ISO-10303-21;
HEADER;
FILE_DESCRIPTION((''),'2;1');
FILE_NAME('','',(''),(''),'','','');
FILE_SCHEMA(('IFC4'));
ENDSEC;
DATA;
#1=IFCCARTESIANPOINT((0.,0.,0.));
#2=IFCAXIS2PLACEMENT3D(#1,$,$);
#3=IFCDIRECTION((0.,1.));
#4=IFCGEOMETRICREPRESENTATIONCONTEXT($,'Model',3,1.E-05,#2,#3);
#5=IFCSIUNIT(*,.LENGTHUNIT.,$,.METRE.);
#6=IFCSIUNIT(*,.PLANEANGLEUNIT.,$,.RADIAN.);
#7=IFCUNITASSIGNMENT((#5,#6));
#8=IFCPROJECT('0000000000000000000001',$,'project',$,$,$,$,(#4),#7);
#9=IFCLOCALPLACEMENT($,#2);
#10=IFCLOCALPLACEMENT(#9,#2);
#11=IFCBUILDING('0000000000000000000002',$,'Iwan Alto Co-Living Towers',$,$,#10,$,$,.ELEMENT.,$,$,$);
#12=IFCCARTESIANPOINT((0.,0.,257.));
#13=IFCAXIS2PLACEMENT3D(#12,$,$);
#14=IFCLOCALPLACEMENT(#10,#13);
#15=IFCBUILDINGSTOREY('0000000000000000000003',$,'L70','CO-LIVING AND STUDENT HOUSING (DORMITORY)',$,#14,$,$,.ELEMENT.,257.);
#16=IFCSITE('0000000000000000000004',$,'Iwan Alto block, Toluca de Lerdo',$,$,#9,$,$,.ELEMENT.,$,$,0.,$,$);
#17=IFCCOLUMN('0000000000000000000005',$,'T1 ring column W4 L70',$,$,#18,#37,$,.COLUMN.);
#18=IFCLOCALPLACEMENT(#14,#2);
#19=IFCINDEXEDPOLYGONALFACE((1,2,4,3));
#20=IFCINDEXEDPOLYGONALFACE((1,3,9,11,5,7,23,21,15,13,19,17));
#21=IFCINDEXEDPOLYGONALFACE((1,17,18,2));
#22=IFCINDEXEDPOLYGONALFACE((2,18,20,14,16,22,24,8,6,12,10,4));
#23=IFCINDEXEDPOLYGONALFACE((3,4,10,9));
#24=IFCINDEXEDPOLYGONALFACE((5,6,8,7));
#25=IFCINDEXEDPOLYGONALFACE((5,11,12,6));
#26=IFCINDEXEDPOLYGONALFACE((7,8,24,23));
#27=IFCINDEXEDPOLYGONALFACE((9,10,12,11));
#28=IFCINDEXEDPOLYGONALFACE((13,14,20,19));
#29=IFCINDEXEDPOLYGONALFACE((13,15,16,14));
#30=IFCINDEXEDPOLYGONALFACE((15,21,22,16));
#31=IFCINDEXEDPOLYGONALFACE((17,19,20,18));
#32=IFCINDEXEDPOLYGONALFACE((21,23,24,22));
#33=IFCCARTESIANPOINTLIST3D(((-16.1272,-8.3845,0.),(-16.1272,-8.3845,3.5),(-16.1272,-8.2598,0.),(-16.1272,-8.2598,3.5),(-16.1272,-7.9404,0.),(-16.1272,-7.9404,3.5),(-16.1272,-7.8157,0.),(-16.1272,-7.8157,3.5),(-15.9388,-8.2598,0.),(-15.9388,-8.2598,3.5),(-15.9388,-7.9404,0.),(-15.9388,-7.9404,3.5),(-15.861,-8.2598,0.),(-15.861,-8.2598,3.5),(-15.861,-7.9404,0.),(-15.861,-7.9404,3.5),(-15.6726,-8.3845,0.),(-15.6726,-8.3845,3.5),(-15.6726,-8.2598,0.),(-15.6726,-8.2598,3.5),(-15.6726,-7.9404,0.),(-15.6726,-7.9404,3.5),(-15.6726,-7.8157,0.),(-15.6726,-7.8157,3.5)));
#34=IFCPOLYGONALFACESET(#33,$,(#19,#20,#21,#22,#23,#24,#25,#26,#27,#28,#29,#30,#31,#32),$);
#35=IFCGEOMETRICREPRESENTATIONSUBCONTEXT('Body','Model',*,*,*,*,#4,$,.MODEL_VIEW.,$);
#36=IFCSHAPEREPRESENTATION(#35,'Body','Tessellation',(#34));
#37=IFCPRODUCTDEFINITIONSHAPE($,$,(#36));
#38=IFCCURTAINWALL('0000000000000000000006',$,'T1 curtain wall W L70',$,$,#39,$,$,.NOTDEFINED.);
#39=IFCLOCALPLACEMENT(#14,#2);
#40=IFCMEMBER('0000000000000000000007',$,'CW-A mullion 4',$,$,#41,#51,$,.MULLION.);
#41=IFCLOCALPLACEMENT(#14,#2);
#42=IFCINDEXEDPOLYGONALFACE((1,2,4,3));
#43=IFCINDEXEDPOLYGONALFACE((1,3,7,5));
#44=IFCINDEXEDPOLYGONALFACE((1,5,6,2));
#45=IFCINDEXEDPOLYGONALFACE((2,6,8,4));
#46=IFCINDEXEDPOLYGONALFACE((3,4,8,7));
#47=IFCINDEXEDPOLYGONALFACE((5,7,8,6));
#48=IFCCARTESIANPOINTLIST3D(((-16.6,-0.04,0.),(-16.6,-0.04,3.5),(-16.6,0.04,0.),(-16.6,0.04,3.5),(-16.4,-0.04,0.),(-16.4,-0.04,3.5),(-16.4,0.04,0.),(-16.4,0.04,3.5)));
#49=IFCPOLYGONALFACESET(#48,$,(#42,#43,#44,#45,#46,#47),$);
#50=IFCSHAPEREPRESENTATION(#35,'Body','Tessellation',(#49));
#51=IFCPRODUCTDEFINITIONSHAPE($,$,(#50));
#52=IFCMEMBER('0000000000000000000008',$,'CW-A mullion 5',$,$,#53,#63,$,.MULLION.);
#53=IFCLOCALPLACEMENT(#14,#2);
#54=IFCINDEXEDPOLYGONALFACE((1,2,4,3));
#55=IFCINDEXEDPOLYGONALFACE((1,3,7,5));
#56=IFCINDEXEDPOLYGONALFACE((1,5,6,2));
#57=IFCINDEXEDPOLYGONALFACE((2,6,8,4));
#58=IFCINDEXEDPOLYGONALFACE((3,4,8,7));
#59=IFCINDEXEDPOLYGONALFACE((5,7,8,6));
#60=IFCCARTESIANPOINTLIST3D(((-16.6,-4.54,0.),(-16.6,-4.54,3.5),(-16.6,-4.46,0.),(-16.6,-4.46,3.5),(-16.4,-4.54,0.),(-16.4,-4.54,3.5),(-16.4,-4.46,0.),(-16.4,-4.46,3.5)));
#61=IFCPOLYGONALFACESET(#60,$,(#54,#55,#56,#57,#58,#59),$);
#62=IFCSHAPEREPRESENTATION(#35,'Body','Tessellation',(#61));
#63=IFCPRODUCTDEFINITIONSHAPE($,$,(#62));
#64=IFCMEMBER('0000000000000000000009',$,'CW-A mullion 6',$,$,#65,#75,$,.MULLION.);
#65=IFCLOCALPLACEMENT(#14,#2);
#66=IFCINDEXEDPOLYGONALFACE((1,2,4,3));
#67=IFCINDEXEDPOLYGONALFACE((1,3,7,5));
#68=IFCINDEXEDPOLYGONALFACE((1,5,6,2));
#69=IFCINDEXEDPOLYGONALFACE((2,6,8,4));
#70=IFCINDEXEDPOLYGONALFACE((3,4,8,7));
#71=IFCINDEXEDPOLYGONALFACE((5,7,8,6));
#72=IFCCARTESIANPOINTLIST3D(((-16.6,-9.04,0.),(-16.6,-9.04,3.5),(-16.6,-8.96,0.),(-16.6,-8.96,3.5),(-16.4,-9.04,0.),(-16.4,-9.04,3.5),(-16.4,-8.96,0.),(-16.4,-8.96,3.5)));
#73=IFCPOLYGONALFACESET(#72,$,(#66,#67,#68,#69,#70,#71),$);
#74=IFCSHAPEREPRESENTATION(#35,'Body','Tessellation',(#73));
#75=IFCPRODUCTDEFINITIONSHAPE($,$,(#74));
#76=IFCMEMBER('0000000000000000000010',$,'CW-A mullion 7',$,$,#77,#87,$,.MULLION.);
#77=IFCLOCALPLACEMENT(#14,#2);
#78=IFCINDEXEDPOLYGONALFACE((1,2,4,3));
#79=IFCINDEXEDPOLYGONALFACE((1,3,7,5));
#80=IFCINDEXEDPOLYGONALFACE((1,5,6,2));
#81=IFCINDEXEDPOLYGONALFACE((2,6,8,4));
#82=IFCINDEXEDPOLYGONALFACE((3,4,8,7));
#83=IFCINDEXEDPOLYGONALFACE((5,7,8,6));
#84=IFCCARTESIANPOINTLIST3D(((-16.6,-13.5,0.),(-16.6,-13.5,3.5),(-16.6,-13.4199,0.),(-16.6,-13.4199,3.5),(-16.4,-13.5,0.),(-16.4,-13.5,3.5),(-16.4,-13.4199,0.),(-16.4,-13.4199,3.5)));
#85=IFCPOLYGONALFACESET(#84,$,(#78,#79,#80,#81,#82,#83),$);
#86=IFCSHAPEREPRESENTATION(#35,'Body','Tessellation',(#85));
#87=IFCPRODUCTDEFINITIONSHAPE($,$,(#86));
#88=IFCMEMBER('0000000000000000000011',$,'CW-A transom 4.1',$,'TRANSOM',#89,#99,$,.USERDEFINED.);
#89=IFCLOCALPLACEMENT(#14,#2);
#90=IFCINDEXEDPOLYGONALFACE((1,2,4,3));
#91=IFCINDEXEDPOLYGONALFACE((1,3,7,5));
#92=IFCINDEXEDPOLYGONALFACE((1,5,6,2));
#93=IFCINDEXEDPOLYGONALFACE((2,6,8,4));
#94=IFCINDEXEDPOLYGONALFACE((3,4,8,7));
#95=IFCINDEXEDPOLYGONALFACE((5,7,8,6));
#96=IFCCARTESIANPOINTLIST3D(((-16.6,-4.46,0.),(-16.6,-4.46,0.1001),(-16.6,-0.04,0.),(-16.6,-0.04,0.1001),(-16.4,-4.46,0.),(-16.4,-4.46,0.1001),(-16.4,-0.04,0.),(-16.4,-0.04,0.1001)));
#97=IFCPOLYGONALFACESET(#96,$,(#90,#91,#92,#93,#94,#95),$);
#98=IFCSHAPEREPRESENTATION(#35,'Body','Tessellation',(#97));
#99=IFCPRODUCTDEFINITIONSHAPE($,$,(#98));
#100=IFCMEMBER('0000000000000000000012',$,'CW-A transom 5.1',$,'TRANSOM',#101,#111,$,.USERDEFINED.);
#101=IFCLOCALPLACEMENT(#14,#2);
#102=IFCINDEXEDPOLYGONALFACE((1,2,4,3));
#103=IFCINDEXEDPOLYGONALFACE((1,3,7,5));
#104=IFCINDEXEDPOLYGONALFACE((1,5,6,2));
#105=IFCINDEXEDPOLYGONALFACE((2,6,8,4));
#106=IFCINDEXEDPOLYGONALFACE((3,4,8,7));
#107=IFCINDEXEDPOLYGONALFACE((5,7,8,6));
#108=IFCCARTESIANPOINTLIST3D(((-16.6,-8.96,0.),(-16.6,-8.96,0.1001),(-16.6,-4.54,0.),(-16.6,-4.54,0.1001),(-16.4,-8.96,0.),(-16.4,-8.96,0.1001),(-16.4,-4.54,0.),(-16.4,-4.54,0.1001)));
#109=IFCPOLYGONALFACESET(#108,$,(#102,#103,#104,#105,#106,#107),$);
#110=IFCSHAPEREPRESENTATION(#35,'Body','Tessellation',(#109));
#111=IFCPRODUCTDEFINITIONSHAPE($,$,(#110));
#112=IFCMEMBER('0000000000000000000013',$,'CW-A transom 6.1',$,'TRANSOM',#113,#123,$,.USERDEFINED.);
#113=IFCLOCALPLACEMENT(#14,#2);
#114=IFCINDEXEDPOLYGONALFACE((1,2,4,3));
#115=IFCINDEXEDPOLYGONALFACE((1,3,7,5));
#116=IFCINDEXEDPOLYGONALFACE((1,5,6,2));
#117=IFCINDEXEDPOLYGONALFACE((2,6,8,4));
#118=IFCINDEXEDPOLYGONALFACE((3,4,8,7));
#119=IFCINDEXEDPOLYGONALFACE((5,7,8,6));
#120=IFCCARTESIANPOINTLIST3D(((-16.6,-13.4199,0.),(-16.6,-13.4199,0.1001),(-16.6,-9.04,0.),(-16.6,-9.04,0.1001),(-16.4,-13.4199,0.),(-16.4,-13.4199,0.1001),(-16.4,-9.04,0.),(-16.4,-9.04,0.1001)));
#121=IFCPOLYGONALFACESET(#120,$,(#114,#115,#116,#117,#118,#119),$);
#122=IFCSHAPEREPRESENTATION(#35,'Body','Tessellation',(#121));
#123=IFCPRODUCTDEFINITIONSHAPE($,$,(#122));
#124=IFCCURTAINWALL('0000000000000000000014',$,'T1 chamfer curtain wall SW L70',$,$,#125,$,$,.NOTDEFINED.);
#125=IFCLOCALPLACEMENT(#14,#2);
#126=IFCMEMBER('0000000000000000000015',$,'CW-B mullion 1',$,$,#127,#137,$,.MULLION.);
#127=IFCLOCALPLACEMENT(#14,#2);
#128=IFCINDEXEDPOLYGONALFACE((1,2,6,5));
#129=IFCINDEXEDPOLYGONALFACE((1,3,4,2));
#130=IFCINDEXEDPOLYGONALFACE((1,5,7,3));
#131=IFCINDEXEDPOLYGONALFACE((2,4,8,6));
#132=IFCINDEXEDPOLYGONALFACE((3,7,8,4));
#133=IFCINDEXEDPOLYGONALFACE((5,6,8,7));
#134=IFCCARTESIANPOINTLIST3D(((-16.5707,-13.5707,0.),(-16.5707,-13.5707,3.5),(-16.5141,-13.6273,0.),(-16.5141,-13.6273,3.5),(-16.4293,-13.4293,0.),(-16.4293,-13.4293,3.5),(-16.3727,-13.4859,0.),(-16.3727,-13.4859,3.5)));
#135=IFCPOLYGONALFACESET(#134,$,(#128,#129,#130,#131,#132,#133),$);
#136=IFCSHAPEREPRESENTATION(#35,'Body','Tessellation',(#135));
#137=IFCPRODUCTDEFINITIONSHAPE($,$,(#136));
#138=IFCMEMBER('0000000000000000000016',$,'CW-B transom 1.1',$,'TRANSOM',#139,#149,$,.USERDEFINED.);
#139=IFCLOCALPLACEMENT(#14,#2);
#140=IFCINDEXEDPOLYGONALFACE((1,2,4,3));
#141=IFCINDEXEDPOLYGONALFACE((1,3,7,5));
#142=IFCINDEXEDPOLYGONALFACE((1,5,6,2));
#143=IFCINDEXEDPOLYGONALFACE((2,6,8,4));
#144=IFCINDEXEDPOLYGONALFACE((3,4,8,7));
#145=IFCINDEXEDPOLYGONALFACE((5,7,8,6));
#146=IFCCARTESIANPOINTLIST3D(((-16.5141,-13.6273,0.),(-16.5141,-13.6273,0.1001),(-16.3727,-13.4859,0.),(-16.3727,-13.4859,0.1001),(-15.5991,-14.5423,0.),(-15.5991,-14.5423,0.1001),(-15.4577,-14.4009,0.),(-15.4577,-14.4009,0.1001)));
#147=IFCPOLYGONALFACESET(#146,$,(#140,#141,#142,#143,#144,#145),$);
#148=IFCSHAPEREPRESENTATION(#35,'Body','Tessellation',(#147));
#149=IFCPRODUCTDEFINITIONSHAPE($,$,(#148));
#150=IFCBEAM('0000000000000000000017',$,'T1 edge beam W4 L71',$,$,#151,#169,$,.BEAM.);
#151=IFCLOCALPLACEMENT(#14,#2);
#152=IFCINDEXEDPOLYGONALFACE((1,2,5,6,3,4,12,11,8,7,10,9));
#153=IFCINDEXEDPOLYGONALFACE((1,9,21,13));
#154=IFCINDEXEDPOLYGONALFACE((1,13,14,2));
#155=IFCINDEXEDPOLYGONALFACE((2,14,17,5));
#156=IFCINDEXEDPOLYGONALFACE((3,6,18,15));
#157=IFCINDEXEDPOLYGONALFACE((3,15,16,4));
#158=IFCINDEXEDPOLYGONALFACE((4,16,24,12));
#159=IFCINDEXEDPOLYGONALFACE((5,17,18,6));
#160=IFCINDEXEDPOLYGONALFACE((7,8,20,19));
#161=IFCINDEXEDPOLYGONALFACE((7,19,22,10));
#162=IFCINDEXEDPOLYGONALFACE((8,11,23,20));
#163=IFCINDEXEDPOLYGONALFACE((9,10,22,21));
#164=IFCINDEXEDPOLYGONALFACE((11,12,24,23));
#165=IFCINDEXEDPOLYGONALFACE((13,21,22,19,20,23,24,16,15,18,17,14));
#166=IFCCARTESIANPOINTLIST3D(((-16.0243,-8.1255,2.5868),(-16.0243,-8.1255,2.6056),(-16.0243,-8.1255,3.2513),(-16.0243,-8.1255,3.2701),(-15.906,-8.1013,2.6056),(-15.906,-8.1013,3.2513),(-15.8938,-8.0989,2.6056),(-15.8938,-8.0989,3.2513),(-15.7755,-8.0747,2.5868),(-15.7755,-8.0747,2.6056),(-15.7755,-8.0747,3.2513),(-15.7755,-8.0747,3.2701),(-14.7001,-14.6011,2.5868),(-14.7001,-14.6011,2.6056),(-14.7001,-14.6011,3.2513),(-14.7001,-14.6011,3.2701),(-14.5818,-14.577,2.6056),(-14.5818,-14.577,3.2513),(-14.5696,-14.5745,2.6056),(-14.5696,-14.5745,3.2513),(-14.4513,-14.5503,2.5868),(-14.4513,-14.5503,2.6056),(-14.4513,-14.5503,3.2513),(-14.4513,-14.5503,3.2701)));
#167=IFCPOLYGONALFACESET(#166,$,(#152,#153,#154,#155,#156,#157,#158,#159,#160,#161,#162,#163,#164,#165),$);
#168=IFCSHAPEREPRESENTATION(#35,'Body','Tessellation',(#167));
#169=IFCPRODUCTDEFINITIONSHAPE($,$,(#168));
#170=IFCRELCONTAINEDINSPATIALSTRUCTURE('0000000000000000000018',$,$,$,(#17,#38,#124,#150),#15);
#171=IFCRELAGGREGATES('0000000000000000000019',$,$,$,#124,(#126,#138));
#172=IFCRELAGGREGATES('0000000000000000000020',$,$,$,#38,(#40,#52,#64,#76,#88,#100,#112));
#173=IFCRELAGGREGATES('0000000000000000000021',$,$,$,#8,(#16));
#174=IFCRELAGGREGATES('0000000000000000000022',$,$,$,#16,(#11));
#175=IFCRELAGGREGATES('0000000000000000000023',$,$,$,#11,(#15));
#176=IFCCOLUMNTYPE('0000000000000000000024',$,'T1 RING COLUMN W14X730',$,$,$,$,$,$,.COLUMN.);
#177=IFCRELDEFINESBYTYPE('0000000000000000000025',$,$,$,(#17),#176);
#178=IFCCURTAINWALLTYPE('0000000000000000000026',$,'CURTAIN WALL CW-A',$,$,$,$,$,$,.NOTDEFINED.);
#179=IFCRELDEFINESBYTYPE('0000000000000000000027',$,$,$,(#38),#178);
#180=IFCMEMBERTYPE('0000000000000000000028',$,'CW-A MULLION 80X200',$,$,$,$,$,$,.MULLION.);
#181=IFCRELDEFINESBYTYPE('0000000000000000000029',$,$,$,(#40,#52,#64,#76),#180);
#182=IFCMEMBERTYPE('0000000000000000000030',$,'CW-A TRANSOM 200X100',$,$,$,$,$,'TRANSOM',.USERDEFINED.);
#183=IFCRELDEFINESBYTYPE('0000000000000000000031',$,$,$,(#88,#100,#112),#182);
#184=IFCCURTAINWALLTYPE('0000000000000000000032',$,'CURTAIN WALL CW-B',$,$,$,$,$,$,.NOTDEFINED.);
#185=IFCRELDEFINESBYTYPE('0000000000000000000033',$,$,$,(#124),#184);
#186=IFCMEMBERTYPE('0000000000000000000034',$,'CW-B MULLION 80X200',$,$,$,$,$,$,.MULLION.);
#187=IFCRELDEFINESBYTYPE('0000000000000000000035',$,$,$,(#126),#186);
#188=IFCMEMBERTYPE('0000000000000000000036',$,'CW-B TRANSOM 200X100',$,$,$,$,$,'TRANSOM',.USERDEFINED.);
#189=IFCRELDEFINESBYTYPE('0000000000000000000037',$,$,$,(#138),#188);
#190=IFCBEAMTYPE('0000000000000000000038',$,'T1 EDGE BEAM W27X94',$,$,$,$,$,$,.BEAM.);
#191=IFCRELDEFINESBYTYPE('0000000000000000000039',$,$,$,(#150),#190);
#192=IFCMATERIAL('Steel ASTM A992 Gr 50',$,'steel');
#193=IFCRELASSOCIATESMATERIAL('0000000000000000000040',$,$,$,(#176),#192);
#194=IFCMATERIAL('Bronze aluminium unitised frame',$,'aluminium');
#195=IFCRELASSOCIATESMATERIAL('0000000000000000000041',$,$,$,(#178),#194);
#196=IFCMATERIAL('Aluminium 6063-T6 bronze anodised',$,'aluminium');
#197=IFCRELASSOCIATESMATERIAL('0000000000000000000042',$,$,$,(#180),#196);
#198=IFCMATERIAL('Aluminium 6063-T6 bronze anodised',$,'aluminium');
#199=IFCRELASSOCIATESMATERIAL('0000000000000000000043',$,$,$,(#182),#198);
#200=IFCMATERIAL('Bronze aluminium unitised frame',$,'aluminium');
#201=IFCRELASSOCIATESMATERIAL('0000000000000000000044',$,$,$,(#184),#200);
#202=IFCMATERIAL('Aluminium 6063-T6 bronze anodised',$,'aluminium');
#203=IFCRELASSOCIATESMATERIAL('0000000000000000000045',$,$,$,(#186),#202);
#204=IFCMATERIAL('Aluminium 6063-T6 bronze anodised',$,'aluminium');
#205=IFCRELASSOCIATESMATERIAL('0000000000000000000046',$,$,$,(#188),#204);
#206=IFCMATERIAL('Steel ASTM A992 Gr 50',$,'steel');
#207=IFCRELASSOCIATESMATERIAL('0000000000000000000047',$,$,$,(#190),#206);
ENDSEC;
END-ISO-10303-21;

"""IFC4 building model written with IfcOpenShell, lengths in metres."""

from ifc_helpers import new_model, si_unit, direction, frame, origin, origin_2d, place, context, subcontext, project, spatial, rectangle, i_section, extrude, material, material_profile, profile_set, type_object, element, aggregate, save


model = new_model("IFC4")

# Units and contexts
model_context = context("Model", 3, precision=1e-05, world=origin(), true_north=direction((0.0, 1.0)))
body_context = subcontext(model_context, "Body", "Model", "MODEL_VIEW")
ifc_project = project(units=[si_unit("LENGTHUNIT", "METRE"), si_unit("PLANEANGLEUNIT", "RADIAN")], contexts=[model_context])

# Site, building, storey
site_placement = place(None, origin())
site = spatial("IfcSite", under=ifc_project, at=site_placement, Name="Iwan Alto block, Toluca de Lerdo", CompositionType="ELEMENT", RefElevation=0.0)
building_placement = place(site_placement, origin())
building = spatial("IfcBuilding", under=site, at=building_placement, Name="Iwan Alto Co-Living Towers", CompositionType="ELEMENT")
storey_placement = place(building_placement, frame((0.0, 0.0, 257.0)))
storey = spatial("IfcBuildingStorey", under=building, at=storey_placement, Name="L70", Description="CO-LIVING AND STUDENT HOUSING (DORMITORY)", CompositionType="ELEMENT", Elevation=257.0)

# Column
ifc_material_1 = material(Name="Steel ASTM A992 Gr 50", Category="steel")
ifc_material_profile_1 = material_profile(ifc_material_1, i_section(OverallWidth=0.4546, OverallDepth=0.5688, WebThickness=0.0779, FlangeThickness=0.1248, at=origin_2d()), Name="W14X730")
ifc_profile_set_1 = profile_set([ifc_material_profile_1], Name="Steel ASTM A992 Gr 50")
column_type = type_object("IfcColumnType", Name="T1 RING COLUMN W14X730", PredefinedType="COLUMN", material=ifc_profile_set_1)
column_placement = place(storey_placement, frame((-15.8999, -8.1001, 0.0), z_axis=(0.0, 0.0, 1.0), x_axis=(1.0, 0.0, 0.0)))
element("IfcColumn", 1, at=column_placement, inside=storey, type_object=column_type, Name="T1 ring column W4 L70", PredefinedType="COLUMN", context=body_context, shape_type="SweptSolid", body=[
    extrude(i_section(OverallWidth=0.4546, OverallDepth=0.5688, WebThickness=0.0779, FlangeThickness=0.1248, at=origin_2d()), origin(), (0.0, 0.0, 1.0), 3.5),
])

# Curtain walls, members
ifc_material_2 = material(Name="Bronze aluminium unitised frame", Category="aluminium")
curtain_wall_type_1 = type_object("IfcCurtainWallType", Name="CURTAIN WALL CW-A", PredefinedType="NOTDEFINED", material=ifc_material_2)
curtain_wall_1_placement = place(storey_placement, origin())
curtain_wall_1 = element("IfcCurtainWall", 2, at=curtain_wall_1_placement, inside=storey, type_object=curtain_wall_type_1, Name="T1 curtain wall W L70", PredefinedType="NOTDEFINED")
ifc_material_3 = material(Name="Aluminium 6063-T6 bronze anodised", Category="aluminium")
ifc_material_profile_2 = material_profile(ifc_material_3, rectangle(XDim=0.2, YDim=0.0801, at=origin_2d()), Name="AL 80X200")
ifc_profile_set_2 = profile_set([ifc_material_profile_2], Name="Aluminium 6063-T6 bronze anodised")
member_type_1 = type_object("IfcMemberType", Name="CW-A MULLION 80X200", PredefinedType="MULLION", material=ifc_profile_set_2)
member_1_placement = place(storey_placement, frame((-16.5, 0.0, 0.0), z_axis=(0.0, 0.0, 1.0), x_axis=(1.0, 0.0, 0.0)))
member_1 = element("IfcMember", 3, at=member_1_placement, type_object=member_type_1, Name="CW-A mullion 4", PredefinedType="MULLION", context=body_context, shape_type="SweptSolid", body=[
    extrude(rectangle(XDim=0.2, YDim=0.0801, at=origin_2d()), origin(), (0.0, 0.0, 1.0), 3.5),
])
member_2_placement = place(storey_placement, frame((-16.5, -4.5, 0.0), z_axis=(0.0, 0.0, 1.0), x_axis=(1.0, 0.0, 0.0)))
member_2 = element("IfcMember", 4, at=member_2_placement, type_object=member_type_1, Name="CW-A mullion 5", PredefinedType="MULLION", context=body_context, shape_type="SweptSolid", body=[
    extrude(rectangle(XDim=0.2, YDim=0.0801, at=origin_2d()), origin(), (0.0, 0.0, 1.0), 3.5),
])
member_3_placement = place(storey_placement, frame((-16.5, -9.0, 0.0), z_axis=(0.0, 0.0, 1.0), x_axis=(1.0, 0.0, 0.0)))
member_3 = element("IfcMember", 5, at=member_3_placement, type_object=member_type_1, Name="CW-A mullion 6", PredefinedType="MULLION", context=body_context, shape_type="SweptSolid", body=[
    extrude(rectangle(XDim=0.2, YDim=0.0801, at=origin_2d()), origin(), (0.0, 0.0, 1.0), 3.5),
])
member_4_placement = place(storey_placement, frame((-16.5, -13.46, 0.0), z_axis=(0.0, 0.0, 1.0), x_axis=(1.0, 0.0, 0.0)))
member_4 = element("IfcMember", 6, at=member_4_placement, type_object=member_type_1, Name="CW-A mullion 7", PredefinedType="MULLION", context=body_context, shape_type="SweptSolid", body=[
    extrude(rectangle(XDim=0.2, YDim=0.0801, at=origin_2d()), origin(), (0.0, 0.0, 1.0), 3.5),
])
ifc_material_4 = material(Name="Aluminium 6063-T6 bronze anodised", Category="aluminium")
ifc_material_profile_3 = material_profile(ifc_material_4, rectangle(XDim=0.2, YDim=0.1001, at=origin_2d()), Name="AL 200X100")
ifc_profile_set_3 = profile_set([ifc_material_profile_3], Name="Aluminium 6063-T6 bronze anodised")
member_type_2 = type_object("IfcMemberType", Name="CW-A TRANSOM 200X100", ElementType="TRANSOM", PredefinedType="USERDEFINED", material=ifc_profile_set_3)
member_5_placement = place(storey_placement, frame((-16.5, -0.04, 0.05), z_axis=(0.0, -1.0, 0.0), x_axis=(1.0, 0.0, 0.0)))
member_5 = element("IfcMember", 7, at=member_5_placement, type_object=member_type_2, Name="CW-A transom 4.1", ObjectType="TRANSOM", PredefinedType="USERDEFINED", context=body_context, shape_type="SweptSolid", body=[
    extrude(rectangle(XDim=0.2, YDim=0.1001, at=origin_2d()), origin(), (0.0, 0.0, 1.0), 4.4199),
])
member_6_placement = place(storey_placement, frame((-16.5, -4.54, 0.05), z_axis=(0.0, -1.0, 0.0), x_axis=(1.0, 0.0, 0.0)))
member_6 = element("IfcMember", 8, at=member_6_placement, type_object=member_type_2, Name="CW-A transom 5.1", ObjectType="TRANSOM", PredefinedType="USERDEFINED", context=body_context, shape_type="SweptSolid", body=[
    extrude(rectangle(XDim=0.2, YDim=0.1001, at=origin_2d()), origin(), (0.0, 0.0, 1.0), 4.4199),
])
member_7_placement = place(storey_placement, frame((-16.5, -9.04, 0.05), z_axis=(0.0, -1.0, 0.0), x_axis=(1.0, 0.0, 0.0)))
member_7 = element("IfcMember", 9, at=member_7_placement, type_object=member_type_2, Name="CW-A transom 6.1", ObjectType="TRANSOM", PredefinedType="USERDEFINED", context=body_context, shape_type="SweptSolid", body=[
    extrude(rectangle(XDim=0.2, YDim=0.1001, at=origin_2d()), origin(), (0.0, 0.0, 1.0), 4.3799),
])
ifc_material_5 = material(Name="Bronze aluminium unitised frame", Category="aluminium")
curtain_wall_type_2 = type_object("IfcCurtainWallType", Name="CURTAIN WALL CW-B", PredefinedType="NOTDEFINED", material=ifc_material_5)
curtain_wall_2_placement = place(storey_placement, origin())
curtain_wall_2 = element("IfcCurtainWall", 10, at=curtain_wall_2_placement, inside=storey, type_object=curtain_wall_type_2, Name="T1 chamfer curtain wall SW L70", PredefinedType="NOTDEFINED")
ifc_material_6 = material(Name="Aluminium 6063-T6 bronze anodised", Category="aluminium")
ifc_material_profile_4 = material_profile(ifc_material_6, rectangle(XDim=0.2, YDim=0.0801, at=origin_2d()), Name="AL 80X200")
ifc_profile_set_4 = profile_set([ifc_material_profile_4], Name="Aluminium 6063-T6 bronze anodised")
member_type_3 = type_object("IfcMemberType", Name="CW-B MULLION 80X200", PredefinedType="MULLION", material=ifc_profile_set_4)
member_8_placement = place(storey_placement, frame((-16.4717, -13.5283, 0.0), z_axis=(0.0, 0.0, 1.0), x_axis=(0.707107, 0.707107, 0.0)))
member_8 = element("IfcMember", 11, at=member_8_placement, type_object=member_type_3, Name="CW-B mullion 1", PredefinedType="MULLION", context=body_context, shape_type="SweptSolid", body=[
    extrude(rectangle(XDim=0.2, YDim=0.0801, at=origin_2d()), origin(), (0.0, 0.0, 1.0), 3.5),
])
ifc_material_7 = material(Name="Aluminium 6063-T6 bronze anodised", Category="aluminium")
ifc_material_profile_5 = material_profile(ifc_material_7, rectangle(XDim=0.2, YDim=0.1001, at=origin_2d()), Name="AL 200X100")
ifc_profile_set_5 = profile_set([ifc_material_profile_5], Name="Aluminium 6063-T6 bronze anodised")
member_type_4 = type_object("IfcMemberType", Name="CW-B TRANSOM 200X100", ElementType="TRANSOM", PredefinedType="USERDEFINED", material=ifc_profile_set_5)
member_9_placement = place(storey_placement, frame((-16.4434, -13.5566, 0.05), z_axis=(0.707107, -0.707107, 0.0), x_axis=(0.707107, 0.707107, 0.0)))
member_9 = element("IfcMember", 12, at=member_9_placement, type_object=member_type_4, Name="CW-B transom 1.1", ObjectType="TRANSOM", PredefinedType="USERDEFINED", context=body_context, shape_type="SweptSolid", body=[
    extrude(rectangle(XDim=0.2, YDim=0.1001, at=origin_2d()), origin(), (0.0, 0.0, 1.0), 1.2939),
])
aggregate(curtain_wall_2, [member_8, member_9])

# Beam
ifc_material_8 = material(Name="Steel ASTM A992 Gr 50", Category="steel")
ifc_material_profile_6 = material_profile(ifc_material_8, i_section(OverallWidth=0.2539, OverallDepth=0.6833, WebThickness=0.0125, FlangeThickness=0.0188, at=origin_2d()), Name="W27X94")
ifc_profile_set_6 = profile_set([ifc_material_profile_6], Name="Steel ASTM A992 Gr 50")
beam_type_1 = type_object("IfcBeamType", Name="T1 EDGE BEAM W27X94", PredefinedType="BEAM", material=ifc_profile_set_6)
beam_1_placement = place(storey_placement, frame((-15.8999, -8.1001, 2.9285), z_axis=(0.200348, -0.979725, 0.0), x_axis=(0.979725, 0.200348, 0.0)))
element("IfcBeam", 13, at=beam_1_placement, inside=storey, type_object=beam_type_1, Name="T1 edge beam W4 L71", PredefinedType="BEAM", context=body_context, shape_type="SweptSolid", body=[
    extrude(i_section(OverallWidth=0.2539, OverallDepth=0.6833, WebThickness=0.0125, FlangeThickness=0.0188, at=origin_2d()), origin(), (0.0, 0.0, 1.0), 6.6096),
])

aggregate(curtain_wall_1, [member_1, member_2, member_3, member_4, member_5, member_6, member_7])

save(model, "model.ifc")
